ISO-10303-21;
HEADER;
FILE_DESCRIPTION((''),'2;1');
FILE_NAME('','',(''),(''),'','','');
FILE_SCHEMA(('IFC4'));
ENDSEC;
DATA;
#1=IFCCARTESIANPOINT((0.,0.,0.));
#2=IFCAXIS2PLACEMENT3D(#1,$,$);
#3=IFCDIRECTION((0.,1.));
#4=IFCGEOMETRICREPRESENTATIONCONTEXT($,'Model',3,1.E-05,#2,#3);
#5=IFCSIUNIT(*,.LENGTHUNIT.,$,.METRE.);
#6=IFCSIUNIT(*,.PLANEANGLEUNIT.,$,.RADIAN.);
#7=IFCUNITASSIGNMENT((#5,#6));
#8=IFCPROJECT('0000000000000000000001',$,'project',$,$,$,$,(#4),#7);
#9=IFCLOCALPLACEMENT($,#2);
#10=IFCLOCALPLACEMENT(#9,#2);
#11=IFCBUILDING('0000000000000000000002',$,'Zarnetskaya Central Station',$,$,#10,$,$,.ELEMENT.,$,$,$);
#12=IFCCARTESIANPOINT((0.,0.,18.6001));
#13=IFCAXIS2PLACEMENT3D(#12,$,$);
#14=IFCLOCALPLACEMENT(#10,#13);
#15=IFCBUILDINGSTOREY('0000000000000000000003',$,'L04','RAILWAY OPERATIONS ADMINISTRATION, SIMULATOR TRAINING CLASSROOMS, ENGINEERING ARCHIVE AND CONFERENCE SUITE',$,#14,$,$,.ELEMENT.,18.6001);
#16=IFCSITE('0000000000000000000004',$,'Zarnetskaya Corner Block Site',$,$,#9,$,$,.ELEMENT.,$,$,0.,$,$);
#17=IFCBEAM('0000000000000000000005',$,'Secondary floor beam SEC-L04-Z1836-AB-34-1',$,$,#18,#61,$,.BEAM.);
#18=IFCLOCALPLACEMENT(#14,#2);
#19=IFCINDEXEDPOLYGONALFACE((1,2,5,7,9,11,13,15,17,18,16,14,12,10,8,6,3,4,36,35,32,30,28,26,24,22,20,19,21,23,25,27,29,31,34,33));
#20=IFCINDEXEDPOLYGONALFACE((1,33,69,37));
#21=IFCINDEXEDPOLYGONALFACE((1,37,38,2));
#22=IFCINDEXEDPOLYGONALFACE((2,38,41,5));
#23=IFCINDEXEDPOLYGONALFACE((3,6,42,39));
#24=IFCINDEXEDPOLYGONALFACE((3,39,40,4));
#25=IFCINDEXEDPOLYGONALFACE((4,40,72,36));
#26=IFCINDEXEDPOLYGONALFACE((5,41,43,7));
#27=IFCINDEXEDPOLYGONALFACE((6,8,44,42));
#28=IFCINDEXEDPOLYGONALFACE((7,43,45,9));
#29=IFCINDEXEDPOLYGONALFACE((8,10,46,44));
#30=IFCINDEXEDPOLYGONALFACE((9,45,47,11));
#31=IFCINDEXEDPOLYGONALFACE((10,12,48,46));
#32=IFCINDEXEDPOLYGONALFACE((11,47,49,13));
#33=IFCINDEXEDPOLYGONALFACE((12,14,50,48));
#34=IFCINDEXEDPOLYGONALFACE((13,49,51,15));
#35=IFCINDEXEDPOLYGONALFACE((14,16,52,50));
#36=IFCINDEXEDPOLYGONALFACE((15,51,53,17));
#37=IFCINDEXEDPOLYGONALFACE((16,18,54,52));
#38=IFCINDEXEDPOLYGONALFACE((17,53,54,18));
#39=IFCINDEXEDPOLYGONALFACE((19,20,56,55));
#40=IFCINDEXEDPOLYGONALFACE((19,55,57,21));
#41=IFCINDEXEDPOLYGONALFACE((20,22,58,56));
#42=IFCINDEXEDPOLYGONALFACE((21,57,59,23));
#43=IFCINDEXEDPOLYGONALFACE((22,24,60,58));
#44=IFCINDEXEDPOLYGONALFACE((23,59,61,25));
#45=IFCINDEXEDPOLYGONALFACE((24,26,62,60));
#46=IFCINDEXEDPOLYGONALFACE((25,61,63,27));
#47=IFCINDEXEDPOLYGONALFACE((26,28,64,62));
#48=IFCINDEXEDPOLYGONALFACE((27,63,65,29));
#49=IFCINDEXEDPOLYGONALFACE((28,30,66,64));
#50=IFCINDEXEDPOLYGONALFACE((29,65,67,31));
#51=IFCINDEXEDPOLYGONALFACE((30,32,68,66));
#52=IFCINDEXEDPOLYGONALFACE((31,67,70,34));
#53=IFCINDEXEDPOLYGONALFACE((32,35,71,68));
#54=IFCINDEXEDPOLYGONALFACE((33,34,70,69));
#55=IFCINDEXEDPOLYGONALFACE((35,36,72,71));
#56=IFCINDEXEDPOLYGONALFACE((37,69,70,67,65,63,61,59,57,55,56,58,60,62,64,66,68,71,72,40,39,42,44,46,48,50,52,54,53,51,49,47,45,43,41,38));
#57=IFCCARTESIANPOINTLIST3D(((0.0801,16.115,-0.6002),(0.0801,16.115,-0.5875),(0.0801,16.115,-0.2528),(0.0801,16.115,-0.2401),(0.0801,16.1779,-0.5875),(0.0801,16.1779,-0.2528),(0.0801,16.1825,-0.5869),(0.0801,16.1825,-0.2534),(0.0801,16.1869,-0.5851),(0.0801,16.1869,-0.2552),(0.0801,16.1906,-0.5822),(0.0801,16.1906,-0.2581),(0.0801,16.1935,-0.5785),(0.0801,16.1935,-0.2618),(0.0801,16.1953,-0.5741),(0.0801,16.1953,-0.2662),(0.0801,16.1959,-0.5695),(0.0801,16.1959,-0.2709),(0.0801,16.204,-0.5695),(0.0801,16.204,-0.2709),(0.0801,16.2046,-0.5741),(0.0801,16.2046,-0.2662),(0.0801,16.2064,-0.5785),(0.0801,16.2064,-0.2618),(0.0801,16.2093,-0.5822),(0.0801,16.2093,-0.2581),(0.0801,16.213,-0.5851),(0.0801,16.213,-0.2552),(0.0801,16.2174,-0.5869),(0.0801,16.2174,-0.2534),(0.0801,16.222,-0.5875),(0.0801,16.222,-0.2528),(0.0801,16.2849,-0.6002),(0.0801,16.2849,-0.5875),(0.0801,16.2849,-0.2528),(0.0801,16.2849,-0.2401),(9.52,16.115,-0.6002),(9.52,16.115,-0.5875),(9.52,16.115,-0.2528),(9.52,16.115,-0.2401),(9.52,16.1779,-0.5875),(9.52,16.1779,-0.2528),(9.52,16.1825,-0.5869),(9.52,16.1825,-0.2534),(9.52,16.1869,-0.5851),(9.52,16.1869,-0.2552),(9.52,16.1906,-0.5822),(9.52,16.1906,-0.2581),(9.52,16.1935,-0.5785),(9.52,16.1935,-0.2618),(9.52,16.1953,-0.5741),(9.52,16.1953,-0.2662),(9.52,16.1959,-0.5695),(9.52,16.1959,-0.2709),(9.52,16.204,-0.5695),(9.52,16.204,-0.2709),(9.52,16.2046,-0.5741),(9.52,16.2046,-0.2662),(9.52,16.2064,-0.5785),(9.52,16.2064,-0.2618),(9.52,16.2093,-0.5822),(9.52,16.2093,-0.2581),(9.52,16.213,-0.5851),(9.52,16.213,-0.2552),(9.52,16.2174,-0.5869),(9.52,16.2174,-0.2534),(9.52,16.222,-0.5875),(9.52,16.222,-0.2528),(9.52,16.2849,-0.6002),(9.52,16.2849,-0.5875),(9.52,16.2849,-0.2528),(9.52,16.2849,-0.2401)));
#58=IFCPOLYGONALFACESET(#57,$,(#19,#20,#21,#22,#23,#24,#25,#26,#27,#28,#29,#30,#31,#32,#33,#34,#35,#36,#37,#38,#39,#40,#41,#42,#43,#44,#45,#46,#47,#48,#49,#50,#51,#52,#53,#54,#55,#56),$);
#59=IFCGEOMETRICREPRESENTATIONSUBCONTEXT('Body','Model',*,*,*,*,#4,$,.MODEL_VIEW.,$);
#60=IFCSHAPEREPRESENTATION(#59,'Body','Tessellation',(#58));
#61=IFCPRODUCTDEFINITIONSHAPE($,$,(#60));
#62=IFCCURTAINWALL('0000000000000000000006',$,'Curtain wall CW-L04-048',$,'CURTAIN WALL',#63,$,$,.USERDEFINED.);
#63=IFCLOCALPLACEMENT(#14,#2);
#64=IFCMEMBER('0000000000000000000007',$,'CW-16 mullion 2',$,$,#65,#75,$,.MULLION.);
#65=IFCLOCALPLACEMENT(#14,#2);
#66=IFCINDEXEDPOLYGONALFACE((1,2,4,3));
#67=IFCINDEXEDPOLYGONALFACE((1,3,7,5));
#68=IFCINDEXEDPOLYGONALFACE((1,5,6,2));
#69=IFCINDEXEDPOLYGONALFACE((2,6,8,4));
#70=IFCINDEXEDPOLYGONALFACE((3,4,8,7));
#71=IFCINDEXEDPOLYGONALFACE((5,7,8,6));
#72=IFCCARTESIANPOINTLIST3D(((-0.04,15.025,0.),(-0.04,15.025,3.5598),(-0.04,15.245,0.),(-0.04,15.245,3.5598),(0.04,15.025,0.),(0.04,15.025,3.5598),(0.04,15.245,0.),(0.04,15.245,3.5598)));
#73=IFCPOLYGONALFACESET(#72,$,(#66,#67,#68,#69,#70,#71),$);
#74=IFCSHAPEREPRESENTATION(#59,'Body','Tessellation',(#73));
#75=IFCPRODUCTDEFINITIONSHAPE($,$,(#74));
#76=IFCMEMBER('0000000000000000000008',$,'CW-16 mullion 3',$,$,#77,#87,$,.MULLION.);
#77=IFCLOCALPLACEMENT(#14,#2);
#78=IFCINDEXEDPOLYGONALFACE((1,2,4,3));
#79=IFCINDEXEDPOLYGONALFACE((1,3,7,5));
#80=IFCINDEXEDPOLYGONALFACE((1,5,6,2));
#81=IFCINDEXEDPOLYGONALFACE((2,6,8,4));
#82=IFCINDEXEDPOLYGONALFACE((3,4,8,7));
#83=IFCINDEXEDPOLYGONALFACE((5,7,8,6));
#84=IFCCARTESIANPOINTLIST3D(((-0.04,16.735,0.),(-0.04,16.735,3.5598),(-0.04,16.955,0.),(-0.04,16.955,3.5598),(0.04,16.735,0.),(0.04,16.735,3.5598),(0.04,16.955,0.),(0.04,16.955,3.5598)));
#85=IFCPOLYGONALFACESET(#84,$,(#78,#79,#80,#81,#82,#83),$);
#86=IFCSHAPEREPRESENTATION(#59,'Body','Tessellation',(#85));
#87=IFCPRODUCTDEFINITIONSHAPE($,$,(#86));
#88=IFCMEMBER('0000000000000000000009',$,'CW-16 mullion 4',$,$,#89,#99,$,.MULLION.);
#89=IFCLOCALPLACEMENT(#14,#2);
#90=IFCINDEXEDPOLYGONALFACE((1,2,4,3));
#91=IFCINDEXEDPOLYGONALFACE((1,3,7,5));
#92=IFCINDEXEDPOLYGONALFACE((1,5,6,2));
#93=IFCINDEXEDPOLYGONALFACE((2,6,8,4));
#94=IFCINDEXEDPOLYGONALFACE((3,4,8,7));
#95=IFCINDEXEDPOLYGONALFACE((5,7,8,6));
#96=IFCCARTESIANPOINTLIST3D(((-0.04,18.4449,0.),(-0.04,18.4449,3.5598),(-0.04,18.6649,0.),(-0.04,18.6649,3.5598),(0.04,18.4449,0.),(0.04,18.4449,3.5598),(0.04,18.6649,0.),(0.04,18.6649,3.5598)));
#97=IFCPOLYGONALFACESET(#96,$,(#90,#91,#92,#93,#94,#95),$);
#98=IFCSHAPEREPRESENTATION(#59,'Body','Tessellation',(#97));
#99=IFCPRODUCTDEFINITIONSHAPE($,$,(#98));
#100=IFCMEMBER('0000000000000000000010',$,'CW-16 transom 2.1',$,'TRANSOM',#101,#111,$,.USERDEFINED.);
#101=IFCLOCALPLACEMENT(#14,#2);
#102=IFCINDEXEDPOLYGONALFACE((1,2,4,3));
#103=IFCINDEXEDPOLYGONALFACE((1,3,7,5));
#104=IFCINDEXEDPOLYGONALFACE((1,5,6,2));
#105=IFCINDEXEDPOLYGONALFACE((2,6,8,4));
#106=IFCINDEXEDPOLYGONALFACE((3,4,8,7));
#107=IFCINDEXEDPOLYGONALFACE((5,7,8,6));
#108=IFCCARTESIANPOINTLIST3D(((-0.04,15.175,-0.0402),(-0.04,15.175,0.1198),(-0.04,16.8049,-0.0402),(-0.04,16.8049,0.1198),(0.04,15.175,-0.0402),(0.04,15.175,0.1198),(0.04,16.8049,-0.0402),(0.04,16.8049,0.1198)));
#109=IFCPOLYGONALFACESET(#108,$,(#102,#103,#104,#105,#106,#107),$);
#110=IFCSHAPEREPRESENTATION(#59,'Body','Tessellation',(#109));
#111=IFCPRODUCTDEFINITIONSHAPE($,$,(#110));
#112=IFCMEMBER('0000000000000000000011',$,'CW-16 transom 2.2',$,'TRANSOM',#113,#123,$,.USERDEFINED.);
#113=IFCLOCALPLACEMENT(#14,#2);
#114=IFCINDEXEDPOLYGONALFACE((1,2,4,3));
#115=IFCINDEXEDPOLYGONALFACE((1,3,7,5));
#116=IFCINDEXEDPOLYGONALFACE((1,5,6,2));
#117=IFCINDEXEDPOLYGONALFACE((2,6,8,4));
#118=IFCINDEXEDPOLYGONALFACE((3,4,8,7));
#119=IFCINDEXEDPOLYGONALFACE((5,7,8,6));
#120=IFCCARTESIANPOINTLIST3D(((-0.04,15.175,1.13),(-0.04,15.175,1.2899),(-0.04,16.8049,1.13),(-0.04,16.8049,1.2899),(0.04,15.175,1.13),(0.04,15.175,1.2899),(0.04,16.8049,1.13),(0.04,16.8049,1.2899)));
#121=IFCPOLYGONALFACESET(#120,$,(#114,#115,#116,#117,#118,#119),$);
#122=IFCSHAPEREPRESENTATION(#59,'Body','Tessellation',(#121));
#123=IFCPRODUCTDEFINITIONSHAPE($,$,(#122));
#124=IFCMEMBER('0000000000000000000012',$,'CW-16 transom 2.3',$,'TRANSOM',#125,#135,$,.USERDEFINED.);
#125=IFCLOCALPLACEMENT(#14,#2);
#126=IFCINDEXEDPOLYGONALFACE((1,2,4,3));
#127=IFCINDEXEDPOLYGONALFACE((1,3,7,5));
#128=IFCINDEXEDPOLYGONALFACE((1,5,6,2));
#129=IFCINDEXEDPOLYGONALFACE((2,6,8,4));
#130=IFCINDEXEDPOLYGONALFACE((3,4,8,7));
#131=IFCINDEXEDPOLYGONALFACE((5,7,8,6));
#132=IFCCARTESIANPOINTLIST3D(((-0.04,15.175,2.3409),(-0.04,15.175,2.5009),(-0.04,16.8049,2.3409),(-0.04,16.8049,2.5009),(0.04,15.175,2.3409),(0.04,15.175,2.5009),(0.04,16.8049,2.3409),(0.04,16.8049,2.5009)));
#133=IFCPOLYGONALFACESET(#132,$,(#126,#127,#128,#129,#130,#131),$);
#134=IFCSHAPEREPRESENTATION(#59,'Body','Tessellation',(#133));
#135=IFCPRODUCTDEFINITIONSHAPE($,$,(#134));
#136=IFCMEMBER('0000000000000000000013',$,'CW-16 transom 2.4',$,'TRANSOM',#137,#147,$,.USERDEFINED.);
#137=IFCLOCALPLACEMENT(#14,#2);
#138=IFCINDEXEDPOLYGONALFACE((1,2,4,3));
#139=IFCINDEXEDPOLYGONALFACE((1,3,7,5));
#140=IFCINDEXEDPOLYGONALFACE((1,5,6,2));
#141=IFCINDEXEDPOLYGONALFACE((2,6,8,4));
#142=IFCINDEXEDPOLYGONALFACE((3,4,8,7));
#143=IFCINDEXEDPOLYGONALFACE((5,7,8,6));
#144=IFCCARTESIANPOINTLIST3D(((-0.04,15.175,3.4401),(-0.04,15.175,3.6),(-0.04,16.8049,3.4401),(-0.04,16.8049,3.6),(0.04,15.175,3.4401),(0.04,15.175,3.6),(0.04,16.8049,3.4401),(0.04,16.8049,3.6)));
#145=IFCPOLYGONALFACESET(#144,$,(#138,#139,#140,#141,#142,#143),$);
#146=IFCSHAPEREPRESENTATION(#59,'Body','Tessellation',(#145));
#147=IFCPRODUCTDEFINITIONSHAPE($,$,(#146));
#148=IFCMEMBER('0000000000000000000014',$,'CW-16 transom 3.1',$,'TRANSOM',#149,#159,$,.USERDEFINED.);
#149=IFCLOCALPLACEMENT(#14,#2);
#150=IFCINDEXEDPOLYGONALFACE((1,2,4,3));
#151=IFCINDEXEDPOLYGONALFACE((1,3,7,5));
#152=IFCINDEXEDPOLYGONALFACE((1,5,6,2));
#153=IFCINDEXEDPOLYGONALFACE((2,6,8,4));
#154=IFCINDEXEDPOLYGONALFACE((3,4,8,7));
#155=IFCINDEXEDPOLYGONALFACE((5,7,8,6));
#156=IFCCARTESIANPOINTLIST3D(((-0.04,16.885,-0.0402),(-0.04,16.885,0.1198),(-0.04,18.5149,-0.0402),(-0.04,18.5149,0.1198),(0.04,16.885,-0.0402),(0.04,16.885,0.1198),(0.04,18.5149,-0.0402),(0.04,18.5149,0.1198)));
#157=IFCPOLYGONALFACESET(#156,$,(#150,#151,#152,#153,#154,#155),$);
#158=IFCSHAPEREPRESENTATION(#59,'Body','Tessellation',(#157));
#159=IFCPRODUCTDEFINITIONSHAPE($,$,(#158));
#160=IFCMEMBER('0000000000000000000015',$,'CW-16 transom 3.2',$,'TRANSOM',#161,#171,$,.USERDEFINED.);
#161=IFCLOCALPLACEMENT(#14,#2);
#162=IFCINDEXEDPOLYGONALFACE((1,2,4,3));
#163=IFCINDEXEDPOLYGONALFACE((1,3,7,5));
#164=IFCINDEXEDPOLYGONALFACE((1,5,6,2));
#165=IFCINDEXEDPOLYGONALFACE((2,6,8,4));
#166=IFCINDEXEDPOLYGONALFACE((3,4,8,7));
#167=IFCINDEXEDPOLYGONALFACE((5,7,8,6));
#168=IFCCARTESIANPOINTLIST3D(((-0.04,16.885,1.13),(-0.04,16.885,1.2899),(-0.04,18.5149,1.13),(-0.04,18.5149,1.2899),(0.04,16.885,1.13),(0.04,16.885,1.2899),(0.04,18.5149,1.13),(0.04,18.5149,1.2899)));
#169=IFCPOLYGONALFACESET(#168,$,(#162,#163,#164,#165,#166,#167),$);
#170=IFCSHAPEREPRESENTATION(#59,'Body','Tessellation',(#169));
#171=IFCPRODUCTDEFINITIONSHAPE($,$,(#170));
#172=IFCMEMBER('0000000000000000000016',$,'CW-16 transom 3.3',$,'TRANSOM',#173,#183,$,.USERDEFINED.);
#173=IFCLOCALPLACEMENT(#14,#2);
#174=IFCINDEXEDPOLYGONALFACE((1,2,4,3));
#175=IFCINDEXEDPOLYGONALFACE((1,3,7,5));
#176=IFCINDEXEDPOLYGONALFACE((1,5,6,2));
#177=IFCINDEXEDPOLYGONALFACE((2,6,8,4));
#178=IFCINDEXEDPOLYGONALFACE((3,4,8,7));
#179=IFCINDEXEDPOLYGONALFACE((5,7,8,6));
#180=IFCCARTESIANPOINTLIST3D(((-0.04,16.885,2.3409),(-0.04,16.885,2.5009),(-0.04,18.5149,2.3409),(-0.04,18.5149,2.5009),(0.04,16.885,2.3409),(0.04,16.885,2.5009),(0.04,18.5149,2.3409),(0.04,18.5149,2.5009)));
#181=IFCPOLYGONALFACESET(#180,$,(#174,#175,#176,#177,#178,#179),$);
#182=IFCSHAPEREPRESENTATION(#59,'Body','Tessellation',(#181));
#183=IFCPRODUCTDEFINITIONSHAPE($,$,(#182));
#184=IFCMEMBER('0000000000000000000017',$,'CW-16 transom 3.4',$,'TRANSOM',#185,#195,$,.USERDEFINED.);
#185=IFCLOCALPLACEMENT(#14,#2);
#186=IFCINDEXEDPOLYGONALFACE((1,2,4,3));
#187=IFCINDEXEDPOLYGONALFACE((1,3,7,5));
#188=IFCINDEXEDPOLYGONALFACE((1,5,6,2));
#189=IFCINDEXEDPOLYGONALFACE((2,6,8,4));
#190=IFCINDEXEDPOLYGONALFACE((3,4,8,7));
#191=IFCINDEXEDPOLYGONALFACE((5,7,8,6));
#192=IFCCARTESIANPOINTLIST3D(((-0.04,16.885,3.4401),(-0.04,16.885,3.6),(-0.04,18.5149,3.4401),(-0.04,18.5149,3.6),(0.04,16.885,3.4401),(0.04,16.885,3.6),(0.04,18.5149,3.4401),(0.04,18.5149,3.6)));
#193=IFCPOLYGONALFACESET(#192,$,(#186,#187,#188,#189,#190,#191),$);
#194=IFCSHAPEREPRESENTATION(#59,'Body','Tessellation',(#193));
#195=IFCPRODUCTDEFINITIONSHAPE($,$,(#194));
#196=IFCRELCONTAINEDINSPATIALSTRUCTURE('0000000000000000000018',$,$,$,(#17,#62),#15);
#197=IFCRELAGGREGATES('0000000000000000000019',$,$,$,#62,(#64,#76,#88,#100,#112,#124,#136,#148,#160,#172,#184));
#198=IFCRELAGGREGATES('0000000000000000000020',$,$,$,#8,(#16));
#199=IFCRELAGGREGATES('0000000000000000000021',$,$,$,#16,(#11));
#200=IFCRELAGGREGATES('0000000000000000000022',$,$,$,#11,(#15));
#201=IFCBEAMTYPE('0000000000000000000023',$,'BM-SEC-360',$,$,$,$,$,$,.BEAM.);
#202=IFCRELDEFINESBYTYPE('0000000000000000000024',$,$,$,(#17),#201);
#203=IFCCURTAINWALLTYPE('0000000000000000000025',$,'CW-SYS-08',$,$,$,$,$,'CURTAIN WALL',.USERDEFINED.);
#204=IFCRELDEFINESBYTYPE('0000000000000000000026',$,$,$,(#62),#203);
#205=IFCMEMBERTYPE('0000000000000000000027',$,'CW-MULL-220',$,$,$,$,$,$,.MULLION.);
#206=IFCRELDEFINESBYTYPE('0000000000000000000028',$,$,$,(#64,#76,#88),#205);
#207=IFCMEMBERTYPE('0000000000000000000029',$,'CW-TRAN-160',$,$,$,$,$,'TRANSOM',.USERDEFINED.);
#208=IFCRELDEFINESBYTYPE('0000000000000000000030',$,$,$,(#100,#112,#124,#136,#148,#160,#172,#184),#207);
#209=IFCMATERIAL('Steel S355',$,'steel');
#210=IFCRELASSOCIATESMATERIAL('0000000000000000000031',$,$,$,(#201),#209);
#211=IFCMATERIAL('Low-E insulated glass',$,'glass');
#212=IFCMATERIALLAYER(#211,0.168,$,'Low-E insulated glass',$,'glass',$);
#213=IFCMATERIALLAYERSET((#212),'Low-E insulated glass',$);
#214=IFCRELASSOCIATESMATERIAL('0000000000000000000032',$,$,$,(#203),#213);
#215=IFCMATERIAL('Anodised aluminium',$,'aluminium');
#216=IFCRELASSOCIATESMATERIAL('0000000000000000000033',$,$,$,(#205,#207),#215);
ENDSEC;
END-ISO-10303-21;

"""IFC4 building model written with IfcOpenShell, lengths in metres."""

from ifc_helpers import new_model, si_unit, direction, frame, origin, origin_2d, place, context, subcontext, project, spatial, rectangle, i_section, extrude, material, layer, layer_set, material_profile, profile_set, type_object, element, aggregate, save


model = new_model("IFC4")

# Units and contexts
model_context = context("Model", 3, precision=1e-05, world=origin(), true_north=direction((0.0, 1.0)))
body_context = subcontext(model_context, "Body", "Model", "MODEL_VIEW")
ifc_project = project(units=[si_unit("LENGTHUNIT", "METRE"), si_unit("PLANEANGLEUNIT", "RADIAN")], contexts=[model_context])

# Site, building, storey
site_placement = place(None, origin())
site = spatial("IfcSite", under=ifc_project, at=site_placement, Name="Zarnetskaya Corner Block Site", CompositionType="ELEMENT", RefElevation=0.0)
building_placement = place(site_placement, origin())
building = spatial("IfcBuilding", under=site, at=building_placement, Name="Zarnetskaya Central Station", CompositionType="ELEMENT")
storey_placement = place(building_placement, frame((0.0, 0.0, 18.6001)))
storey = spatial("IfcBuildingStorey", under=building, at=storey_placement, Name="L04", Description="RAILWAY OPERATIONS ADMINISTRATION, SIMULATOR TRAINING CLASSROOMS, ENGINEERING ARCHIVE AND CONFERENCE SUITE", CompositionType="ELEMENT", Elevation=18.6001)

# Beam
ifc_material_1 = material(Name="Steel S355", Category="steel")
ifc_material_profile_1 = material_profile(ifc_material_1, i_section(OverallWidth=0.1699, OverallDepth=0.3601, WebThickness=0.0081, FlangeThickness=0.0127, FilletRadius=0.0181, at=origin_2d()), Name="IPE 360")
ifc_profile_set_1 = profile_set([ifc_material_profile_1], Name="Steel S355")
beam_type = type_object("IfcBeamType", Name="BM-SEC-360", PredefinedType="BEAM", material=ifc_profile_set_1)
beam_placement = place(storey_placement, frame((0.0801, 16.2, -0.4202), z_axis=(1.0, 0.0, 0.0), x_axis=(0.0, 1.0, 0.0)))
element("IfcBeam", 1, at=beam_placement, inside=storey, type_object=beam_type, Name="Secondary floor beam SEC-L04-Z1836-AB-34-1", PredefinedType="BEAM", context=body_context, shape_type="SweptSolid", body=[
    extrude(i_section(OverallWidth=0.1699, OverallDepth=0.3601, WebThickness=0.0081, FlangeThickness=0.0127, FilletRadius=0.0181, at=origin_2d()), origin(), (0.0, 0.0, 1.0), 9.4399),
])

# Curtain wall, members
ifc_material_2 = material(Name="Low-E insulated glass", Category="glass")
ifc_layer_1 = layer(ifc_material_2, 0.168, Name="Low-E insulated glass", Category="glass")
ifc_layer_set_1 = layer_set([ifc_layer_1], Name="Low-E insulated glass")
curtain_wall_type = type_object("IfcCurtainWallType", Name="CW-SYS-08", ElementType="CURTAIN WALL", PredefinedType="USERDEFINED", material=ifc_layer_set_1)
curtain_wall_placement = place(storey_placement, origin())
curtain_wall = element("IfcCurtainWall", 2, at=curtain_wall_placement, inside=storey, type_object=curtain_wall_type, Name="Curtain wall CW-L04-048", ObjectType="CURTAIN WALL", PredefinedType="USERDEFINED")
ifc_material_3 = material(Name="Anodised aluminium", Category="aluminium")
ifc_material_profile_2 = material_profile(ifc_material_3, rectangle(XDim=0.0801, YDim=0.22, at=origin_2d()), Name="ALU MULL 80x220")
ifc_profile_set_2 = profile_set([ifc_material_profile_2], Name="Anodised aluminium")
member_type_1 = type_object("IfcMemberType", Name="CW-MULL-220", PredefinedType="MULLION", material=ifc_profile_set_2)
member_1_placement = place(storey_placement, frame((0.0, 15.135, 0.0), z_axis=(0.0, 0.0, 1.0), x_axis=(-1.0, 0.0, 0.0)))
member_1 = element("IfcMember", 3, at=member_1_placement, type_object=member_type_1, Name="CW-16 mullion 2", PredefinedType="MULLION", context=body_context, shape_type="SweptSolid", body=[
    extrude(rectangle(XDim=0.0801, YDim=0.22, at=origin_2d()), origin(), (0.0, 0.0, 1.0), 3.5598),
])
member_2_placement = place(storey_placement, frame((0.0, 16.845, 0.0), z_axis=(0.0, 0.0, 1.0), x_axis=(-1.0, 0.0, 0.0)))
member_2 = element("IfcMember", 4, at=member_2_placement, type_object=member_type_1, Name="CW-16 mullion 3", PredefinedType="MULLION", context=body_context, shape_type="SweptSolid", body=[
    extrude(rectangle(XDim=0.0801, YDim=0.22, at=origin_2d()), origin(), (0.0, 0.0, 1.0), 3.5598),
])
member_3_placement = place(storey_placement, frame((0.0, 18.5549, 0.0), z_axis=(0.0, 0.0, 1.0), x_axis=(-1.0, 0.0, 0.0)))
member_3 = element("IfcMember", 5, at=member_3_placement, type_object=member_type_1, Name="CW-16 mullion 4", PredefinedType="MULLION", context=body_context, shape_type="SweptSolid", body=[
    extrude(rectangle(XDim=0.0801, YDim=0.22, at=origin_2d()), origin(), (0.0, 0.0, 1.0), 3.5598),
])
ifc_material_profile_3 = material_profile(ifc_material_3, rectangle(XDim=0.0801, YDim=0.1599, at=origin_2d()), Name="ALU TRAN 80x160")
ifc_profile_set_3 = profile_set([ifc_material_profile_3], Name="Anodised aluminium")
member_type_2 = type_object("IfcMemberType", Name="CW-TRAN-160", ElementType="TRANSOM", PredefinedType="USERDEFINED", material=ifc_profile_set_3)
member_4_placement = place(storey_placement, frame((0.0, 15.175, 0.0398), z_axis=(0.0, 1.0, 0.0), x_axis=(-1.0, 0.0, 0.0)))
member_4 = element("IfcMember", 6, at=member_4_placement, type_object=member_type_2, Name="CW-16 transom 2.1", ObjectType="TRANSOM", PredefinedType="USERDEFINED", context=body_context, shape_type="SweptSolid", body=[
    extrude(rectangle(XDim=0.0801, YDim=0.1599, at=origin_2d()), origin(), (0.0, 0.0, 1.0), 1.6299),
])
member_5_placement = place(storey_placement, frame((0.0, 15.175, 1.21), z_axis=(0.0, 1.0, 0.0), x_axis=(-1.0, 0.0, 0.0)))
member_5 = element("IfcMember", 7, at=member_5_placement, type_object=member_type_2, Name="CW-16 transom 2.2", ObjectType="TRANSOM", PredefinedType="USERDEFINED", context=body_context, shape_type="SweptSolid", body=[
    extrude(rectangle(XDim=0.0801, YDim=0.1599, at=origin_2d()), origin(), (0.0, 0.0, 1.0), 1.6299),
])
member_6_placement = place(storey_placement, frame((0.0, 15.175, 2.4209), z_axis=(0.0, 1.0, 0.0), x_axis=(-1.0, 0.0, 0.0)))
member_6 = element("IfcMember", 8, at=member_6_placement, type_object=member_type_2, Name="CW-16 transom 2.3", ObjectType="TRANSOM", PredefinedType="USERDEFINED", context=body_context, shape_type="SweptSolid", body=[
    extrude(rectangle(XDim=0.0801, YDim=0.1599, at=origin_2d()), origin(), (0.0, 0.0, 1.0), 1.6299),
])
member_7_placement = place(storey_placement, frame((0.0, 15.175, 3.52), z_axis=(0.0, 1.0, 0.0), x_axis=(-1.0, 0.0, 0.0)))
member_7 = element("IfcMember", 9, at=member_7_placement, type_object=member_type_2, Name="CW-16 transom 2.4", ObjectType="TRANSOM", PredefinedType="USERDEFINED", context=body_context, shape_type="SweptSolid", body=[
    extrude(rectangle(XDim=0.0801, YDim=0.1599, at=origin_2d()), origin(), (0.0, 0.0, 1.0), 1.6299),
])
member_8_placement = place(storey_placement, frame((0.0, 16.885, 0.0398), z_axis=(0.0, 1.0, 0.0), x_axis=(-1.0, 0.0, 0.0)))
member_8 = element("IfcMember", 10, at=member_8_placement, type_object=member_type_2, Name="CW-16 transom 3.1", ObjectType="TRANSOM", PredefinedType="USERDEFINED", context=body_context, shape_type="SweptSolid", body=[
    extrude(rectangle(XDim=0.0801, YDim=0.1599, at=origin_2d()), origin(), (0.0, 0.0, 1.0), 1.6299),
])
member_9_placement = place(storey_placement, frame((0.0, 16.885, 1.21), z_axis=(0.0, 1.0, 0.0), x_axis=(-1.0, 0.0, 0.0)))
member_9 = element("IfcMember", 11, at=member_9_placement, type_object=member_type_2, Name="CW-16 transom 3.2", ObjectType="TRANSOM", PredefinedType="USERDEFINED", context=body_context, shape_type="SweptSolid", body=[
    extrude(rectangle(XDim=0.0801, YDim=0.1599, at=origin_2d()), origin(), (0.0, 0.0, 1.0), 1.6299),
])
member_10_placement = place(storey_placement, frame((0.0, 16.885, 2.4209), z_axis=(0.0, 1.0, 0.0), x_axis=(-1.0, 0.0, 0.0)))
member_10 = element("IfcMember", 12, at=member_10_placement, type_object=member_type_2, Name="CW-16 transom 3.3", ObjectType="TRANSOM", PredefinedType="USERDEFINED", context=body_context, shape_type="SweptSolid", body=[
    extrude(rectangle(XDim=0.0801, YDim=0.1599, at=origin_2d()), origin(), (0.0, 0.0, 1.0), 1.6299),
])
member_11_placement = place(storey_placement, frame((0.0, 16.885, 3.52), z_axis=(0.0, 1.0, 0.0), x_axis=(-1.0, 0.0, 0.0)))
member_11 = element("IfcMember", 13, at=member_11_placement, type_object=member_type_2, Name="CW-16 transom 3.4", ObjectType="TRANSOM", PredefinedType="USERDEFINED", context=body_context, shape_type="SweptSolid", body=[
    extrude(rectangle(XDim=0.0801, YDim=0.1599, at=origin_2d()), origin(), (0.0, 0.0, 1.0), 1.6299),
])
aggregate(curtain_wall, [member_1, member_2, member_3, member_4, member_5, member_6, member_7, member_8, member_9, member_10, member_11])

save(model, "model.ifc")
